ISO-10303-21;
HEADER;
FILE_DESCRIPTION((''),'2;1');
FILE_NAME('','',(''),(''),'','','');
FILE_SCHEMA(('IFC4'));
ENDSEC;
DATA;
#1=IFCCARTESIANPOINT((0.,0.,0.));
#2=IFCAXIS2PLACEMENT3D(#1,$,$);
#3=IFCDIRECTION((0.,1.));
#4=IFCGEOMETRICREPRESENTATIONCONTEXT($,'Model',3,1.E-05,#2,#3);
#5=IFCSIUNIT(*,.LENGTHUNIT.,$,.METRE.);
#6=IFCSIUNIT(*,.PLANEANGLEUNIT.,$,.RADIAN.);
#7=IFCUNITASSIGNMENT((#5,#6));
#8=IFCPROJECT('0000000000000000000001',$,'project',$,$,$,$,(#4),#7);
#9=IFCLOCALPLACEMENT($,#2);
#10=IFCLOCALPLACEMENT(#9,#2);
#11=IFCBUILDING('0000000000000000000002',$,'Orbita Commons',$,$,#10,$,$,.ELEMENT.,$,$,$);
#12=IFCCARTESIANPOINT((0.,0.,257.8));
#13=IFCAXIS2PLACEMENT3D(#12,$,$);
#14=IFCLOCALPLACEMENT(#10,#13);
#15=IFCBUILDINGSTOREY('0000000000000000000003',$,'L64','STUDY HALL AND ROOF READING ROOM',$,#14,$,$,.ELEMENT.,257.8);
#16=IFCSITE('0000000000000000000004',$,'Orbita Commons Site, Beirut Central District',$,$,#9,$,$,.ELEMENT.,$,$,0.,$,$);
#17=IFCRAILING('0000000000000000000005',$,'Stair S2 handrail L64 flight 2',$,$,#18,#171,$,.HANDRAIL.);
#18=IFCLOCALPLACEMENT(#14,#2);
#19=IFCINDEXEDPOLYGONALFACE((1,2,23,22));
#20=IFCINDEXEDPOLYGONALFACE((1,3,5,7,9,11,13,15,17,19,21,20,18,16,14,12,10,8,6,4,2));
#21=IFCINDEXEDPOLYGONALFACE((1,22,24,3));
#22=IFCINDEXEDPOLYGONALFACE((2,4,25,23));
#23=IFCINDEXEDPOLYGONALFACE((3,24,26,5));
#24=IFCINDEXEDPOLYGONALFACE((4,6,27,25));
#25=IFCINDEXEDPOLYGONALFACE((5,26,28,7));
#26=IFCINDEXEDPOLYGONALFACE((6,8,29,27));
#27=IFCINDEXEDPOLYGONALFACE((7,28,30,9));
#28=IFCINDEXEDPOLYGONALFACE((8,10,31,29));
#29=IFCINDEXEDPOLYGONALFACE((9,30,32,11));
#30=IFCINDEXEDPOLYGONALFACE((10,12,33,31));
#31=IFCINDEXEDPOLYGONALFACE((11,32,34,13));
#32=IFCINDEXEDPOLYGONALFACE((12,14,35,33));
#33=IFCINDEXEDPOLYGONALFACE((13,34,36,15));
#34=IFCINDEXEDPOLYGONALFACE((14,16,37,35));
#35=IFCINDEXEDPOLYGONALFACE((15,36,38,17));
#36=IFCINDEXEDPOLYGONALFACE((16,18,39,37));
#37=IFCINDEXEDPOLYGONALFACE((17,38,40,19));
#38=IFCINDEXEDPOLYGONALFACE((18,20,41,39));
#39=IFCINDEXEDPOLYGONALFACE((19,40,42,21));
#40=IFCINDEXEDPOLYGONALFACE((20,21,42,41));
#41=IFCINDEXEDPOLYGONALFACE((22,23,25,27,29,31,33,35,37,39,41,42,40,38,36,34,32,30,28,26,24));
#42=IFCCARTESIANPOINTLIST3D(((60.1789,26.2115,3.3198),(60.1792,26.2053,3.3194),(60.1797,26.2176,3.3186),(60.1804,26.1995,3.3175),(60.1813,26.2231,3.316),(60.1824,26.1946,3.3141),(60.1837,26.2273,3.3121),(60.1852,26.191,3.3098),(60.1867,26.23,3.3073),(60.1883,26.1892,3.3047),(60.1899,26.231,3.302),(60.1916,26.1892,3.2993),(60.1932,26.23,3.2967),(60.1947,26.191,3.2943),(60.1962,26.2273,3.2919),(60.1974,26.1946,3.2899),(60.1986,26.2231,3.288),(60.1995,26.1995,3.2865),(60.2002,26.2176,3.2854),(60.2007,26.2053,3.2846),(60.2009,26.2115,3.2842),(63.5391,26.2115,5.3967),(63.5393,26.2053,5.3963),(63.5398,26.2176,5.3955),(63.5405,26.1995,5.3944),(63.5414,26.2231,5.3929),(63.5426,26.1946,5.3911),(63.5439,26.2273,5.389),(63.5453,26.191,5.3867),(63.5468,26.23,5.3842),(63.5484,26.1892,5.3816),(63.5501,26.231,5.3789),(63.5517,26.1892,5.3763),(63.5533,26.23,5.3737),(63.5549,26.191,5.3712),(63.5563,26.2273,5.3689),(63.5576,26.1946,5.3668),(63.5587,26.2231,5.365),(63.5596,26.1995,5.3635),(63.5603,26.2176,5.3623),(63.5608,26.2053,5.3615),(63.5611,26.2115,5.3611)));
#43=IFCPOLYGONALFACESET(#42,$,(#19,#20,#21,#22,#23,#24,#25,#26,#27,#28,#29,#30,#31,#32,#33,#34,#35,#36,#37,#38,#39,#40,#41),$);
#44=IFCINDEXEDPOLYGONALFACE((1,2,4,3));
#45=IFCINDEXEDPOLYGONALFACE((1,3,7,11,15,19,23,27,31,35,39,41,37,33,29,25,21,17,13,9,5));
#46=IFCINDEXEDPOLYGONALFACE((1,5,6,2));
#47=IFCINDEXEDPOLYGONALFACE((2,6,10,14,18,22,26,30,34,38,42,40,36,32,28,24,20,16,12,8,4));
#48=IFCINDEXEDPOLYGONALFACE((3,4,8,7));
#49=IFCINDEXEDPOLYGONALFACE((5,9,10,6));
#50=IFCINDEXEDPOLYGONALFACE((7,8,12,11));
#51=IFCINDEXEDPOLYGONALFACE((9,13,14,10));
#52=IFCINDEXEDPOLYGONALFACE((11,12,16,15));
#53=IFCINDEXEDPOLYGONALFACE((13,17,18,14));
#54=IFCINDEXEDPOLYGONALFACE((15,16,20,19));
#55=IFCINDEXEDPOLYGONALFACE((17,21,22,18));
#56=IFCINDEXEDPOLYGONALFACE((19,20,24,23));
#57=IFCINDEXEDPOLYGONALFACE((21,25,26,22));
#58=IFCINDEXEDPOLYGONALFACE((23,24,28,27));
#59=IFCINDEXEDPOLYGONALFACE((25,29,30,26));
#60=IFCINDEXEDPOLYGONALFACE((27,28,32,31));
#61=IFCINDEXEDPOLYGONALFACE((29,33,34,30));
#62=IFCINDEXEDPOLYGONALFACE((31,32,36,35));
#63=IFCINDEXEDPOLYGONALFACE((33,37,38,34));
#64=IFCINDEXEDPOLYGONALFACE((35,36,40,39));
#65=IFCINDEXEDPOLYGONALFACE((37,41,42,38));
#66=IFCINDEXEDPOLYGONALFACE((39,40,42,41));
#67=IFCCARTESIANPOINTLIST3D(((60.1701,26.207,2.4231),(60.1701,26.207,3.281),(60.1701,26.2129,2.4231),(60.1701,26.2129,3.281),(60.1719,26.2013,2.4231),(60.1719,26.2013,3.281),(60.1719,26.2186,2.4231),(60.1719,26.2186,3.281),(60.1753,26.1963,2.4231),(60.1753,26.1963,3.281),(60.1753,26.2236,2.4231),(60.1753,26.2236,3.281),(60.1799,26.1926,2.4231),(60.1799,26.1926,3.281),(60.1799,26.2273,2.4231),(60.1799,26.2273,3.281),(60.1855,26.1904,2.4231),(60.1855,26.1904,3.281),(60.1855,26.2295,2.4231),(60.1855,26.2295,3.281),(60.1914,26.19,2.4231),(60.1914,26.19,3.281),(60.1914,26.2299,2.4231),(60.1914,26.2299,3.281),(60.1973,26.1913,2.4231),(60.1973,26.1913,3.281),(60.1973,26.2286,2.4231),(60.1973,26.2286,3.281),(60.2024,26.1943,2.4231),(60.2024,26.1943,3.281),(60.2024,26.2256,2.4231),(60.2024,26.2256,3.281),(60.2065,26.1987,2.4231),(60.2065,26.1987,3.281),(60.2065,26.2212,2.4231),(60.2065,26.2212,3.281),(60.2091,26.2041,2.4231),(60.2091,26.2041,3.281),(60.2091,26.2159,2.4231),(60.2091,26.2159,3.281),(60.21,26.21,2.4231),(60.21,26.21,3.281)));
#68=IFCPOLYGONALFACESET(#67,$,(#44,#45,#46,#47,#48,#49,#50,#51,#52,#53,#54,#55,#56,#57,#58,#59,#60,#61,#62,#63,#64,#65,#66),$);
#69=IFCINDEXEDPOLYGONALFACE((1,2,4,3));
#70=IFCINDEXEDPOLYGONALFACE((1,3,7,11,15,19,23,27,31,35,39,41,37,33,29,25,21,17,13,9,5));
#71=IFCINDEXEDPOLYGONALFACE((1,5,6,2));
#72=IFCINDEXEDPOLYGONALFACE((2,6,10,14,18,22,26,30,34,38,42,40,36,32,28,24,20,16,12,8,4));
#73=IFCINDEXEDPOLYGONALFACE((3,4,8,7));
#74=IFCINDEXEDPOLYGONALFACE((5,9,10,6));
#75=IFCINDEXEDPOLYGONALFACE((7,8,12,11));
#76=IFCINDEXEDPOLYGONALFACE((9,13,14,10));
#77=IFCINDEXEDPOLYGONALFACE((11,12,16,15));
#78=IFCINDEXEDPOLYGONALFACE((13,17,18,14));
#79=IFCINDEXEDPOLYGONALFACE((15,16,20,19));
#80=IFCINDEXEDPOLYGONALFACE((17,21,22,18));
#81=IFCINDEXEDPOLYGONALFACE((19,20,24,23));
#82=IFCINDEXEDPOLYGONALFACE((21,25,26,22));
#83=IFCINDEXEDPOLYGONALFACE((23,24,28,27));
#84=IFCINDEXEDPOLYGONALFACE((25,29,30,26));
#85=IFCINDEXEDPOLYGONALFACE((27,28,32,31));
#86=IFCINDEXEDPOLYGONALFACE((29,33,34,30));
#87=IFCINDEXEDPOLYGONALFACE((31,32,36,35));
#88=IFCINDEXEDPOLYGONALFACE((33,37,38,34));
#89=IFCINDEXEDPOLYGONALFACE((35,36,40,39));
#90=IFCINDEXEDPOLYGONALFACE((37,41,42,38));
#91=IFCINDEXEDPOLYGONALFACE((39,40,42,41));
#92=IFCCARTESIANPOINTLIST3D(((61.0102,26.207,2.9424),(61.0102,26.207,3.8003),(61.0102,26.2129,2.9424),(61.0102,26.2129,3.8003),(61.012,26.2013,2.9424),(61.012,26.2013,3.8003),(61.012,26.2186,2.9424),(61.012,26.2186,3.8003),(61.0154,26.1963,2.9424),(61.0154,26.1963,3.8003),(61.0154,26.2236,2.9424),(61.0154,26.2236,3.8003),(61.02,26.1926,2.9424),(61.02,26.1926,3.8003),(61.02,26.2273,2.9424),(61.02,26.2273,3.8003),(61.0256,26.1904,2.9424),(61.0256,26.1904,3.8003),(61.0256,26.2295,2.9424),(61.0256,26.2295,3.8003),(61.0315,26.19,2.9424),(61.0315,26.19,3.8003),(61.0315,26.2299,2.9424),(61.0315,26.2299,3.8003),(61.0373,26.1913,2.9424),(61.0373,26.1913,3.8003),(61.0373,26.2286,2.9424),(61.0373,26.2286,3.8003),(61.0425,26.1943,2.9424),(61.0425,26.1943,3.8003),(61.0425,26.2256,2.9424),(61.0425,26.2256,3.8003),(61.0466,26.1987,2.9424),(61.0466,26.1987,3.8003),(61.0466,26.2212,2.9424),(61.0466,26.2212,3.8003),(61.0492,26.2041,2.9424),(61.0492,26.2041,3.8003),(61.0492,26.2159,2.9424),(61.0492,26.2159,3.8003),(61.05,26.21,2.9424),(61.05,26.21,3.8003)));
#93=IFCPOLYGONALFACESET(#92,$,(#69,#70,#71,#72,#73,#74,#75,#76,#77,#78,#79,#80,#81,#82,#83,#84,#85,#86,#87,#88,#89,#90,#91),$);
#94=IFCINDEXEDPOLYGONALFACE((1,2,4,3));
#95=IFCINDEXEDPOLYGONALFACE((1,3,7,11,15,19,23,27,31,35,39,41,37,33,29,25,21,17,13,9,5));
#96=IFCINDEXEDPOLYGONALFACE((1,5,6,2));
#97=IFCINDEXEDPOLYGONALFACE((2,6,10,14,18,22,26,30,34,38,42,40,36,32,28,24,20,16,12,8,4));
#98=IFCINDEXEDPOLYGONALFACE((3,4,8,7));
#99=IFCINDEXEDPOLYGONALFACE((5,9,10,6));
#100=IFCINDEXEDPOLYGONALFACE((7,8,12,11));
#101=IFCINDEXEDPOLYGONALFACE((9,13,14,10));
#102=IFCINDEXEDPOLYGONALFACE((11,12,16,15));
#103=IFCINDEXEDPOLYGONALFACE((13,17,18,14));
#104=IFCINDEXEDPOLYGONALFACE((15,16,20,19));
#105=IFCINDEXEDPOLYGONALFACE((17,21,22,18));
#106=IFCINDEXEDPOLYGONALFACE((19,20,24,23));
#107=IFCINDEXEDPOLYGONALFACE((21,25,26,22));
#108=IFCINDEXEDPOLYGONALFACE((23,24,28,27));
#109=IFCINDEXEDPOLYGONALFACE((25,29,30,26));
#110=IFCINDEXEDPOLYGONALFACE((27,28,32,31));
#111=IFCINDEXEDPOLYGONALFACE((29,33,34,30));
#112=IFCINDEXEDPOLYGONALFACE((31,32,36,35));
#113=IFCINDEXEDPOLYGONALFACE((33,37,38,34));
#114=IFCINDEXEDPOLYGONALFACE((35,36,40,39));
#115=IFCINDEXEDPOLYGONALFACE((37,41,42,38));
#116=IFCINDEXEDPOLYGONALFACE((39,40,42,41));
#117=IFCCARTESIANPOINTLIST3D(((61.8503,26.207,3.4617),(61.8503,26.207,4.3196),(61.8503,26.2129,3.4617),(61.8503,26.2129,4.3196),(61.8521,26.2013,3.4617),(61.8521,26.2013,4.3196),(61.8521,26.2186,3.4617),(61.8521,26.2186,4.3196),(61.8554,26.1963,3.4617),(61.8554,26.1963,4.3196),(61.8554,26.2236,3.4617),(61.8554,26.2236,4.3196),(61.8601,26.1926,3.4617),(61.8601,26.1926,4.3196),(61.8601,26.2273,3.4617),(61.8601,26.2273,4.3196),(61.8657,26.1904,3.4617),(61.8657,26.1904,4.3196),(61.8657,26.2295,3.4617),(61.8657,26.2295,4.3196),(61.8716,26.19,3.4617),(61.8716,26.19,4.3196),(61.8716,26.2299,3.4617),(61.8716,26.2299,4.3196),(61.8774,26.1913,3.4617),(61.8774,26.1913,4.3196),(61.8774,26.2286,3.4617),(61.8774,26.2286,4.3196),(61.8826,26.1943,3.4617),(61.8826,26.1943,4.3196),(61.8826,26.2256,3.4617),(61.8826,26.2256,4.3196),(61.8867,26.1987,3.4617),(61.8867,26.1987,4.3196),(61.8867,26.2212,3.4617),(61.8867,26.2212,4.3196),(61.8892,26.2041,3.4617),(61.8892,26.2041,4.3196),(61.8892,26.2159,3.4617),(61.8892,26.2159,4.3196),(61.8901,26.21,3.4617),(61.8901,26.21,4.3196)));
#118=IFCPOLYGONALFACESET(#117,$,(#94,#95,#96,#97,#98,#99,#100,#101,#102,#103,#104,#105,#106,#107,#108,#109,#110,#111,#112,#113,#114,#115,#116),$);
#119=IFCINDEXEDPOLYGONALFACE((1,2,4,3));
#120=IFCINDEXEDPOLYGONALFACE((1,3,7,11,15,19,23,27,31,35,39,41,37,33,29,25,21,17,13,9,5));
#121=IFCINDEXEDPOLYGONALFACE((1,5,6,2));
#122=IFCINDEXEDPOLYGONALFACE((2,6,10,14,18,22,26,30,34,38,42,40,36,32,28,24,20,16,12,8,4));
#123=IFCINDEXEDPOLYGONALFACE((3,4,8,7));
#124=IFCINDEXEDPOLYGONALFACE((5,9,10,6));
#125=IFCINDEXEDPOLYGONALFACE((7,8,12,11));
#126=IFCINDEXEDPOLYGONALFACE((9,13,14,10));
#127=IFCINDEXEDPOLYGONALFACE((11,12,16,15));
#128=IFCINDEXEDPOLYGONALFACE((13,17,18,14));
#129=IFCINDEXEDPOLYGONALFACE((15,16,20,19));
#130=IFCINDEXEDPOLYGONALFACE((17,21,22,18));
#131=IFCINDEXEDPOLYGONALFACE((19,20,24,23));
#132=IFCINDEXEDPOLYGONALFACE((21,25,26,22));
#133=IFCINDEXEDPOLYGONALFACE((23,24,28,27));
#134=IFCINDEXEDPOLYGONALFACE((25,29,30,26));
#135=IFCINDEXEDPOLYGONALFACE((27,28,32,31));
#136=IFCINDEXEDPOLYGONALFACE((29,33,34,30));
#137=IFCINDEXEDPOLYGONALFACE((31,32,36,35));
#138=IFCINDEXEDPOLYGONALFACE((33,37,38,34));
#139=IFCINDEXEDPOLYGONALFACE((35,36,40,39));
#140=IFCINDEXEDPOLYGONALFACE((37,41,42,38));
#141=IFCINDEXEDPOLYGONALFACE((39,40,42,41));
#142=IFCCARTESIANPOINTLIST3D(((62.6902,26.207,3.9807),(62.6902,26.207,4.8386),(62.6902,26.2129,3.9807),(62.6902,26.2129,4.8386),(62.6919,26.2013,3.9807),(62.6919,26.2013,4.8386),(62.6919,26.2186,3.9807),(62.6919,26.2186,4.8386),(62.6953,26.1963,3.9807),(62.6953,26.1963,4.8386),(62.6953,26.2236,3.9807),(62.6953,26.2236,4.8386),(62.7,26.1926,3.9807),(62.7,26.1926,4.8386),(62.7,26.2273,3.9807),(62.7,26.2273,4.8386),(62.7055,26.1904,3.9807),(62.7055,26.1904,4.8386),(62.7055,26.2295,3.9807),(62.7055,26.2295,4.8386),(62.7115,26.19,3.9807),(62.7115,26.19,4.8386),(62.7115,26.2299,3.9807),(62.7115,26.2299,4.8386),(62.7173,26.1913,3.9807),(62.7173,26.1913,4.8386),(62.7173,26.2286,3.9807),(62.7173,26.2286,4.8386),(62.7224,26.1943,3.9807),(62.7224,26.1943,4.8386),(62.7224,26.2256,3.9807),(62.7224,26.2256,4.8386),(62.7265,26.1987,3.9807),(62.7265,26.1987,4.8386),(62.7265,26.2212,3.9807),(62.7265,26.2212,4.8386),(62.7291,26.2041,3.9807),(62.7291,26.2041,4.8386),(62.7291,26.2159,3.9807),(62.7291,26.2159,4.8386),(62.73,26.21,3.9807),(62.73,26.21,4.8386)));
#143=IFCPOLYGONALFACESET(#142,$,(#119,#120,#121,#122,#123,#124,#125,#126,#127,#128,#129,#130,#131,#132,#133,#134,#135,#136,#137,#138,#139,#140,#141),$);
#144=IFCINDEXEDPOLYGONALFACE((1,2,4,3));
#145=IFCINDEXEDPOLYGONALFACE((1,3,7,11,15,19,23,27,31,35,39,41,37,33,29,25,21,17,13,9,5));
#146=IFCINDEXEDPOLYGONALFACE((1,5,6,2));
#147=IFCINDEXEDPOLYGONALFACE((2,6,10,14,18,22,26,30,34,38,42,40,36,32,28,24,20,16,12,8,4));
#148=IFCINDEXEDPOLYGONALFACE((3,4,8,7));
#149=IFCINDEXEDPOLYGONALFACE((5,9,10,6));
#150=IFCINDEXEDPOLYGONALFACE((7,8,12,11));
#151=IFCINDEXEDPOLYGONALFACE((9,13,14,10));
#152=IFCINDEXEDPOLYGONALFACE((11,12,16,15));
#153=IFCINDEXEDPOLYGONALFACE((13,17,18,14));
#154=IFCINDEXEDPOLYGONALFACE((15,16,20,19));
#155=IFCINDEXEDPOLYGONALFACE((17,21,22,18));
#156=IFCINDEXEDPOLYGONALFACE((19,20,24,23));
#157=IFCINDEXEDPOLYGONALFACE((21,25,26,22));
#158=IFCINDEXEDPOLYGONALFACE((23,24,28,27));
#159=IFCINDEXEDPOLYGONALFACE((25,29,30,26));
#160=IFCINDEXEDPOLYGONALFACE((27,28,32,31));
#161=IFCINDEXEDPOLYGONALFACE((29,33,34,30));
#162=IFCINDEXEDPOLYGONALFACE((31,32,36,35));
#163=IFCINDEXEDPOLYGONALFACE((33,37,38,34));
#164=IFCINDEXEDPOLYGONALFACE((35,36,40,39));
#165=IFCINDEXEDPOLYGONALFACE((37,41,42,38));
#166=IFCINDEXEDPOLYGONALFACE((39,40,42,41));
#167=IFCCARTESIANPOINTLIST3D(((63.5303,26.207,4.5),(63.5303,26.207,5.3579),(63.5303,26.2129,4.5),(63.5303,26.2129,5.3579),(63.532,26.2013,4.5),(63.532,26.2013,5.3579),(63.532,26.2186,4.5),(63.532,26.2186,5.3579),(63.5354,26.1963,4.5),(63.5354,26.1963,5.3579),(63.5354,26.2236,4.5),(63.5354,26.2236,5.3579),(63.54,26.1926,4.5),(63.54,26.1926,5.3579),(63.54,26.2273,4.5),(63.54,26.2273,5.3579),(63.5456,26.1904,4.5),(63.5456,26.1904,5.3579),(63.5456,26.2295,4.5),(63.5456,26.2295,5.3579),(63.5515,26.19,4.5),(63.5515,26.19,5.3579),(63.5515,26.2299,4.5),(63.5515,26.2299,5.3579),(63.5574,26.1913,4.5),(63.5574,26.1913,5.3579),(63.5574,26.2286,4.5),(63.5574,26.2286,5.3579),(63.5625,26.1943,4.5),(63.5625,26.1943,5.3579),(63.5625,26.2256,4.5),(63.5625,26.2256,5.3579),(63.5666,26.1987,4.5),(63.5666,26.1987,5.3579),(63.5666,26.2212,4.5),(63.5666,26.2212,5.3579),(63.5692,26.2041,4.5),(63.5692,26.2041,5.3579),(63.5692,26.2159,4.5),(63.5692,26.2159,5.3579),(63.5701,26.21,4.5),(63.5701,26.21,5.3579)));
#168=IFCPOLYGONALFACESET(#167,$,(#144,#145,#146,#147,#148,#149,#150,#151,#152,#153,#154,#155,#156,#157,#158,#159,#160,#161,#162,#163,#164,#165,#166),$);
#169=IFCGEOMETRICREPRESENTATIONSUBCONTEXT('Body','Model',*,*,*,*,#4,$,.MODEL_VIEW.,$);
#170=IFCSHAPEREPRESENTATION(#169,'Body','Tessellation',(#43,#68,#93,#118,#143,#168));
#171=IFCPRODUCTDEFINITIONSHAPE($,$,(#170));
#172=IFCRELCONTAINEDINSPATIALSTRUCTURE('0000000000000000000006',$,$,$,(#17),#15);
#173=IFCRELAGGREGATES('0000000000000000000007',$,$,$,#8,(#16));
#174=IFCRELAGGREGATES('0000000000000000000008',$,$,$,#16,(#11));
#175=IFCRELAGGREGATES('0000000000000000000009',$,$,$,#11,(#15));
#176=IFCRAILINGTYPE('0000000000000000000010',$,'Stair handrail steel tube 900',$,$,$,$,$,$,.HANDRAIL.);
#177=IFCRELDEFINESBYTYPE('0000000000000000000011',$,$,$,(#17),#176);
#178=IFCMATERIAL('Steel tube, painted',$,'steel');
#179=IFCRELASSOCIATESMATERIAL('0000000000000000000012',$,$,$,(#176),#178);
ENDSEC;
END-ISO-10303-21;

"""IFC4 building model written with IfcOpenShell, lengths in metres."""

from ifc_helpers import new_model, si_unit, direction, frame, origin, origin_2d, place, context, subcontext, project, spatial, circle, extrude, material, type_object, element, save


model = new_model("IFC4")

# Units and contexts
model_context = context("Model", 3, precision=1e-05, world=origin(), true_north=direction((0.0, 1.0)))
body_context = subcontext(model_context, "Body", "Model", "MODEL_VIEW")
ifc_project = project(units=[si_unit("LENGTHUNIT", "METRE"), si_unit("PLANEANGLEUNIT", "RADIAN")], contexts=[model_context])

# Site, building, storey
site_placement = place(None, origin())
site = spatial("IfcSite", under=ifc_project, at=site_placement, Name="Orbita Commons Site, Beirut Central District", CompositionType="ELEMENT", RefElevation=0.0)
building_placement = place(site_placement, origin())
building = spatial("IfcBuilding", under=site, at=building_placement, Name="Orbita Commons", CompositionType="ELEMENT")
storey_placement = place(building_placement, frame((0.0, 0.0, 257.8)))
storey = spatial("IfcBuildingStorey", under=building, at=storey_placement, Name="L64", Description="STUDY HALL AND ROOF READING ROOM", CompositionType="ELEMENT", Elevation=257.8)

# Railing
ifc_material_1 = material(Name="Steel tube, painted", Category="steel")
railing_type = type_object("IfcRailingType", Name="Stair handrail steel tube 900", PredefinedType="HANDRAIL", material=ifc_material_1)
for number, where, name in (
    (1, (60.1899, 26.21, 2.4231), "Stair S2 handrail L64 flight 2"),
):
    element("IfcRailing", number, at=place(storey_placement, frame(where)), inside=storey, type_object=railing_type, Name=name, PredefinedType="HANDRAIL", context=body_context, shape_type="SweptSolid", body=[
        extrude(circle(Radius=0.021, at=origin_2d()), frame((0.0, 0.0, 0.8789), z_axis=(0.850623, 0.0, 0.525776), x_axis=(0.0, 1.0, 0.0)), (0.0, 0.0, 1.0), 3.9502),
        extrude(circle(Radius=0.02, at=origin_2d()), origin(), (0.0, 0.0, 1.0), 0.8579),
        extrude(circle(Radius=0.02, at=origin_2d()), frame((0.8401, 0.0, 0.5193)), (0.0, 0.0, 1.0), 0.8579),
        extrude(circle(Radius=0.02, at=origin_2d()), frame((1.6802, 0.0, 1.0386)), (0.0, 0.0, 1.0), 0.8579),
        extrude(circle(Radius=0.02, at=origin_2d()), frame((2.52, 0.0, 1.5576)), (0.0, 0.0, 1.0), 0.8579),
        extrude(circle(Radius=0.02, at=origin_2d()), frame((3.3601, 0.0, 2.0769)), (0.0, 0.0, 1.0), 0.8579),
    ])

save(model, "model.ifc")
